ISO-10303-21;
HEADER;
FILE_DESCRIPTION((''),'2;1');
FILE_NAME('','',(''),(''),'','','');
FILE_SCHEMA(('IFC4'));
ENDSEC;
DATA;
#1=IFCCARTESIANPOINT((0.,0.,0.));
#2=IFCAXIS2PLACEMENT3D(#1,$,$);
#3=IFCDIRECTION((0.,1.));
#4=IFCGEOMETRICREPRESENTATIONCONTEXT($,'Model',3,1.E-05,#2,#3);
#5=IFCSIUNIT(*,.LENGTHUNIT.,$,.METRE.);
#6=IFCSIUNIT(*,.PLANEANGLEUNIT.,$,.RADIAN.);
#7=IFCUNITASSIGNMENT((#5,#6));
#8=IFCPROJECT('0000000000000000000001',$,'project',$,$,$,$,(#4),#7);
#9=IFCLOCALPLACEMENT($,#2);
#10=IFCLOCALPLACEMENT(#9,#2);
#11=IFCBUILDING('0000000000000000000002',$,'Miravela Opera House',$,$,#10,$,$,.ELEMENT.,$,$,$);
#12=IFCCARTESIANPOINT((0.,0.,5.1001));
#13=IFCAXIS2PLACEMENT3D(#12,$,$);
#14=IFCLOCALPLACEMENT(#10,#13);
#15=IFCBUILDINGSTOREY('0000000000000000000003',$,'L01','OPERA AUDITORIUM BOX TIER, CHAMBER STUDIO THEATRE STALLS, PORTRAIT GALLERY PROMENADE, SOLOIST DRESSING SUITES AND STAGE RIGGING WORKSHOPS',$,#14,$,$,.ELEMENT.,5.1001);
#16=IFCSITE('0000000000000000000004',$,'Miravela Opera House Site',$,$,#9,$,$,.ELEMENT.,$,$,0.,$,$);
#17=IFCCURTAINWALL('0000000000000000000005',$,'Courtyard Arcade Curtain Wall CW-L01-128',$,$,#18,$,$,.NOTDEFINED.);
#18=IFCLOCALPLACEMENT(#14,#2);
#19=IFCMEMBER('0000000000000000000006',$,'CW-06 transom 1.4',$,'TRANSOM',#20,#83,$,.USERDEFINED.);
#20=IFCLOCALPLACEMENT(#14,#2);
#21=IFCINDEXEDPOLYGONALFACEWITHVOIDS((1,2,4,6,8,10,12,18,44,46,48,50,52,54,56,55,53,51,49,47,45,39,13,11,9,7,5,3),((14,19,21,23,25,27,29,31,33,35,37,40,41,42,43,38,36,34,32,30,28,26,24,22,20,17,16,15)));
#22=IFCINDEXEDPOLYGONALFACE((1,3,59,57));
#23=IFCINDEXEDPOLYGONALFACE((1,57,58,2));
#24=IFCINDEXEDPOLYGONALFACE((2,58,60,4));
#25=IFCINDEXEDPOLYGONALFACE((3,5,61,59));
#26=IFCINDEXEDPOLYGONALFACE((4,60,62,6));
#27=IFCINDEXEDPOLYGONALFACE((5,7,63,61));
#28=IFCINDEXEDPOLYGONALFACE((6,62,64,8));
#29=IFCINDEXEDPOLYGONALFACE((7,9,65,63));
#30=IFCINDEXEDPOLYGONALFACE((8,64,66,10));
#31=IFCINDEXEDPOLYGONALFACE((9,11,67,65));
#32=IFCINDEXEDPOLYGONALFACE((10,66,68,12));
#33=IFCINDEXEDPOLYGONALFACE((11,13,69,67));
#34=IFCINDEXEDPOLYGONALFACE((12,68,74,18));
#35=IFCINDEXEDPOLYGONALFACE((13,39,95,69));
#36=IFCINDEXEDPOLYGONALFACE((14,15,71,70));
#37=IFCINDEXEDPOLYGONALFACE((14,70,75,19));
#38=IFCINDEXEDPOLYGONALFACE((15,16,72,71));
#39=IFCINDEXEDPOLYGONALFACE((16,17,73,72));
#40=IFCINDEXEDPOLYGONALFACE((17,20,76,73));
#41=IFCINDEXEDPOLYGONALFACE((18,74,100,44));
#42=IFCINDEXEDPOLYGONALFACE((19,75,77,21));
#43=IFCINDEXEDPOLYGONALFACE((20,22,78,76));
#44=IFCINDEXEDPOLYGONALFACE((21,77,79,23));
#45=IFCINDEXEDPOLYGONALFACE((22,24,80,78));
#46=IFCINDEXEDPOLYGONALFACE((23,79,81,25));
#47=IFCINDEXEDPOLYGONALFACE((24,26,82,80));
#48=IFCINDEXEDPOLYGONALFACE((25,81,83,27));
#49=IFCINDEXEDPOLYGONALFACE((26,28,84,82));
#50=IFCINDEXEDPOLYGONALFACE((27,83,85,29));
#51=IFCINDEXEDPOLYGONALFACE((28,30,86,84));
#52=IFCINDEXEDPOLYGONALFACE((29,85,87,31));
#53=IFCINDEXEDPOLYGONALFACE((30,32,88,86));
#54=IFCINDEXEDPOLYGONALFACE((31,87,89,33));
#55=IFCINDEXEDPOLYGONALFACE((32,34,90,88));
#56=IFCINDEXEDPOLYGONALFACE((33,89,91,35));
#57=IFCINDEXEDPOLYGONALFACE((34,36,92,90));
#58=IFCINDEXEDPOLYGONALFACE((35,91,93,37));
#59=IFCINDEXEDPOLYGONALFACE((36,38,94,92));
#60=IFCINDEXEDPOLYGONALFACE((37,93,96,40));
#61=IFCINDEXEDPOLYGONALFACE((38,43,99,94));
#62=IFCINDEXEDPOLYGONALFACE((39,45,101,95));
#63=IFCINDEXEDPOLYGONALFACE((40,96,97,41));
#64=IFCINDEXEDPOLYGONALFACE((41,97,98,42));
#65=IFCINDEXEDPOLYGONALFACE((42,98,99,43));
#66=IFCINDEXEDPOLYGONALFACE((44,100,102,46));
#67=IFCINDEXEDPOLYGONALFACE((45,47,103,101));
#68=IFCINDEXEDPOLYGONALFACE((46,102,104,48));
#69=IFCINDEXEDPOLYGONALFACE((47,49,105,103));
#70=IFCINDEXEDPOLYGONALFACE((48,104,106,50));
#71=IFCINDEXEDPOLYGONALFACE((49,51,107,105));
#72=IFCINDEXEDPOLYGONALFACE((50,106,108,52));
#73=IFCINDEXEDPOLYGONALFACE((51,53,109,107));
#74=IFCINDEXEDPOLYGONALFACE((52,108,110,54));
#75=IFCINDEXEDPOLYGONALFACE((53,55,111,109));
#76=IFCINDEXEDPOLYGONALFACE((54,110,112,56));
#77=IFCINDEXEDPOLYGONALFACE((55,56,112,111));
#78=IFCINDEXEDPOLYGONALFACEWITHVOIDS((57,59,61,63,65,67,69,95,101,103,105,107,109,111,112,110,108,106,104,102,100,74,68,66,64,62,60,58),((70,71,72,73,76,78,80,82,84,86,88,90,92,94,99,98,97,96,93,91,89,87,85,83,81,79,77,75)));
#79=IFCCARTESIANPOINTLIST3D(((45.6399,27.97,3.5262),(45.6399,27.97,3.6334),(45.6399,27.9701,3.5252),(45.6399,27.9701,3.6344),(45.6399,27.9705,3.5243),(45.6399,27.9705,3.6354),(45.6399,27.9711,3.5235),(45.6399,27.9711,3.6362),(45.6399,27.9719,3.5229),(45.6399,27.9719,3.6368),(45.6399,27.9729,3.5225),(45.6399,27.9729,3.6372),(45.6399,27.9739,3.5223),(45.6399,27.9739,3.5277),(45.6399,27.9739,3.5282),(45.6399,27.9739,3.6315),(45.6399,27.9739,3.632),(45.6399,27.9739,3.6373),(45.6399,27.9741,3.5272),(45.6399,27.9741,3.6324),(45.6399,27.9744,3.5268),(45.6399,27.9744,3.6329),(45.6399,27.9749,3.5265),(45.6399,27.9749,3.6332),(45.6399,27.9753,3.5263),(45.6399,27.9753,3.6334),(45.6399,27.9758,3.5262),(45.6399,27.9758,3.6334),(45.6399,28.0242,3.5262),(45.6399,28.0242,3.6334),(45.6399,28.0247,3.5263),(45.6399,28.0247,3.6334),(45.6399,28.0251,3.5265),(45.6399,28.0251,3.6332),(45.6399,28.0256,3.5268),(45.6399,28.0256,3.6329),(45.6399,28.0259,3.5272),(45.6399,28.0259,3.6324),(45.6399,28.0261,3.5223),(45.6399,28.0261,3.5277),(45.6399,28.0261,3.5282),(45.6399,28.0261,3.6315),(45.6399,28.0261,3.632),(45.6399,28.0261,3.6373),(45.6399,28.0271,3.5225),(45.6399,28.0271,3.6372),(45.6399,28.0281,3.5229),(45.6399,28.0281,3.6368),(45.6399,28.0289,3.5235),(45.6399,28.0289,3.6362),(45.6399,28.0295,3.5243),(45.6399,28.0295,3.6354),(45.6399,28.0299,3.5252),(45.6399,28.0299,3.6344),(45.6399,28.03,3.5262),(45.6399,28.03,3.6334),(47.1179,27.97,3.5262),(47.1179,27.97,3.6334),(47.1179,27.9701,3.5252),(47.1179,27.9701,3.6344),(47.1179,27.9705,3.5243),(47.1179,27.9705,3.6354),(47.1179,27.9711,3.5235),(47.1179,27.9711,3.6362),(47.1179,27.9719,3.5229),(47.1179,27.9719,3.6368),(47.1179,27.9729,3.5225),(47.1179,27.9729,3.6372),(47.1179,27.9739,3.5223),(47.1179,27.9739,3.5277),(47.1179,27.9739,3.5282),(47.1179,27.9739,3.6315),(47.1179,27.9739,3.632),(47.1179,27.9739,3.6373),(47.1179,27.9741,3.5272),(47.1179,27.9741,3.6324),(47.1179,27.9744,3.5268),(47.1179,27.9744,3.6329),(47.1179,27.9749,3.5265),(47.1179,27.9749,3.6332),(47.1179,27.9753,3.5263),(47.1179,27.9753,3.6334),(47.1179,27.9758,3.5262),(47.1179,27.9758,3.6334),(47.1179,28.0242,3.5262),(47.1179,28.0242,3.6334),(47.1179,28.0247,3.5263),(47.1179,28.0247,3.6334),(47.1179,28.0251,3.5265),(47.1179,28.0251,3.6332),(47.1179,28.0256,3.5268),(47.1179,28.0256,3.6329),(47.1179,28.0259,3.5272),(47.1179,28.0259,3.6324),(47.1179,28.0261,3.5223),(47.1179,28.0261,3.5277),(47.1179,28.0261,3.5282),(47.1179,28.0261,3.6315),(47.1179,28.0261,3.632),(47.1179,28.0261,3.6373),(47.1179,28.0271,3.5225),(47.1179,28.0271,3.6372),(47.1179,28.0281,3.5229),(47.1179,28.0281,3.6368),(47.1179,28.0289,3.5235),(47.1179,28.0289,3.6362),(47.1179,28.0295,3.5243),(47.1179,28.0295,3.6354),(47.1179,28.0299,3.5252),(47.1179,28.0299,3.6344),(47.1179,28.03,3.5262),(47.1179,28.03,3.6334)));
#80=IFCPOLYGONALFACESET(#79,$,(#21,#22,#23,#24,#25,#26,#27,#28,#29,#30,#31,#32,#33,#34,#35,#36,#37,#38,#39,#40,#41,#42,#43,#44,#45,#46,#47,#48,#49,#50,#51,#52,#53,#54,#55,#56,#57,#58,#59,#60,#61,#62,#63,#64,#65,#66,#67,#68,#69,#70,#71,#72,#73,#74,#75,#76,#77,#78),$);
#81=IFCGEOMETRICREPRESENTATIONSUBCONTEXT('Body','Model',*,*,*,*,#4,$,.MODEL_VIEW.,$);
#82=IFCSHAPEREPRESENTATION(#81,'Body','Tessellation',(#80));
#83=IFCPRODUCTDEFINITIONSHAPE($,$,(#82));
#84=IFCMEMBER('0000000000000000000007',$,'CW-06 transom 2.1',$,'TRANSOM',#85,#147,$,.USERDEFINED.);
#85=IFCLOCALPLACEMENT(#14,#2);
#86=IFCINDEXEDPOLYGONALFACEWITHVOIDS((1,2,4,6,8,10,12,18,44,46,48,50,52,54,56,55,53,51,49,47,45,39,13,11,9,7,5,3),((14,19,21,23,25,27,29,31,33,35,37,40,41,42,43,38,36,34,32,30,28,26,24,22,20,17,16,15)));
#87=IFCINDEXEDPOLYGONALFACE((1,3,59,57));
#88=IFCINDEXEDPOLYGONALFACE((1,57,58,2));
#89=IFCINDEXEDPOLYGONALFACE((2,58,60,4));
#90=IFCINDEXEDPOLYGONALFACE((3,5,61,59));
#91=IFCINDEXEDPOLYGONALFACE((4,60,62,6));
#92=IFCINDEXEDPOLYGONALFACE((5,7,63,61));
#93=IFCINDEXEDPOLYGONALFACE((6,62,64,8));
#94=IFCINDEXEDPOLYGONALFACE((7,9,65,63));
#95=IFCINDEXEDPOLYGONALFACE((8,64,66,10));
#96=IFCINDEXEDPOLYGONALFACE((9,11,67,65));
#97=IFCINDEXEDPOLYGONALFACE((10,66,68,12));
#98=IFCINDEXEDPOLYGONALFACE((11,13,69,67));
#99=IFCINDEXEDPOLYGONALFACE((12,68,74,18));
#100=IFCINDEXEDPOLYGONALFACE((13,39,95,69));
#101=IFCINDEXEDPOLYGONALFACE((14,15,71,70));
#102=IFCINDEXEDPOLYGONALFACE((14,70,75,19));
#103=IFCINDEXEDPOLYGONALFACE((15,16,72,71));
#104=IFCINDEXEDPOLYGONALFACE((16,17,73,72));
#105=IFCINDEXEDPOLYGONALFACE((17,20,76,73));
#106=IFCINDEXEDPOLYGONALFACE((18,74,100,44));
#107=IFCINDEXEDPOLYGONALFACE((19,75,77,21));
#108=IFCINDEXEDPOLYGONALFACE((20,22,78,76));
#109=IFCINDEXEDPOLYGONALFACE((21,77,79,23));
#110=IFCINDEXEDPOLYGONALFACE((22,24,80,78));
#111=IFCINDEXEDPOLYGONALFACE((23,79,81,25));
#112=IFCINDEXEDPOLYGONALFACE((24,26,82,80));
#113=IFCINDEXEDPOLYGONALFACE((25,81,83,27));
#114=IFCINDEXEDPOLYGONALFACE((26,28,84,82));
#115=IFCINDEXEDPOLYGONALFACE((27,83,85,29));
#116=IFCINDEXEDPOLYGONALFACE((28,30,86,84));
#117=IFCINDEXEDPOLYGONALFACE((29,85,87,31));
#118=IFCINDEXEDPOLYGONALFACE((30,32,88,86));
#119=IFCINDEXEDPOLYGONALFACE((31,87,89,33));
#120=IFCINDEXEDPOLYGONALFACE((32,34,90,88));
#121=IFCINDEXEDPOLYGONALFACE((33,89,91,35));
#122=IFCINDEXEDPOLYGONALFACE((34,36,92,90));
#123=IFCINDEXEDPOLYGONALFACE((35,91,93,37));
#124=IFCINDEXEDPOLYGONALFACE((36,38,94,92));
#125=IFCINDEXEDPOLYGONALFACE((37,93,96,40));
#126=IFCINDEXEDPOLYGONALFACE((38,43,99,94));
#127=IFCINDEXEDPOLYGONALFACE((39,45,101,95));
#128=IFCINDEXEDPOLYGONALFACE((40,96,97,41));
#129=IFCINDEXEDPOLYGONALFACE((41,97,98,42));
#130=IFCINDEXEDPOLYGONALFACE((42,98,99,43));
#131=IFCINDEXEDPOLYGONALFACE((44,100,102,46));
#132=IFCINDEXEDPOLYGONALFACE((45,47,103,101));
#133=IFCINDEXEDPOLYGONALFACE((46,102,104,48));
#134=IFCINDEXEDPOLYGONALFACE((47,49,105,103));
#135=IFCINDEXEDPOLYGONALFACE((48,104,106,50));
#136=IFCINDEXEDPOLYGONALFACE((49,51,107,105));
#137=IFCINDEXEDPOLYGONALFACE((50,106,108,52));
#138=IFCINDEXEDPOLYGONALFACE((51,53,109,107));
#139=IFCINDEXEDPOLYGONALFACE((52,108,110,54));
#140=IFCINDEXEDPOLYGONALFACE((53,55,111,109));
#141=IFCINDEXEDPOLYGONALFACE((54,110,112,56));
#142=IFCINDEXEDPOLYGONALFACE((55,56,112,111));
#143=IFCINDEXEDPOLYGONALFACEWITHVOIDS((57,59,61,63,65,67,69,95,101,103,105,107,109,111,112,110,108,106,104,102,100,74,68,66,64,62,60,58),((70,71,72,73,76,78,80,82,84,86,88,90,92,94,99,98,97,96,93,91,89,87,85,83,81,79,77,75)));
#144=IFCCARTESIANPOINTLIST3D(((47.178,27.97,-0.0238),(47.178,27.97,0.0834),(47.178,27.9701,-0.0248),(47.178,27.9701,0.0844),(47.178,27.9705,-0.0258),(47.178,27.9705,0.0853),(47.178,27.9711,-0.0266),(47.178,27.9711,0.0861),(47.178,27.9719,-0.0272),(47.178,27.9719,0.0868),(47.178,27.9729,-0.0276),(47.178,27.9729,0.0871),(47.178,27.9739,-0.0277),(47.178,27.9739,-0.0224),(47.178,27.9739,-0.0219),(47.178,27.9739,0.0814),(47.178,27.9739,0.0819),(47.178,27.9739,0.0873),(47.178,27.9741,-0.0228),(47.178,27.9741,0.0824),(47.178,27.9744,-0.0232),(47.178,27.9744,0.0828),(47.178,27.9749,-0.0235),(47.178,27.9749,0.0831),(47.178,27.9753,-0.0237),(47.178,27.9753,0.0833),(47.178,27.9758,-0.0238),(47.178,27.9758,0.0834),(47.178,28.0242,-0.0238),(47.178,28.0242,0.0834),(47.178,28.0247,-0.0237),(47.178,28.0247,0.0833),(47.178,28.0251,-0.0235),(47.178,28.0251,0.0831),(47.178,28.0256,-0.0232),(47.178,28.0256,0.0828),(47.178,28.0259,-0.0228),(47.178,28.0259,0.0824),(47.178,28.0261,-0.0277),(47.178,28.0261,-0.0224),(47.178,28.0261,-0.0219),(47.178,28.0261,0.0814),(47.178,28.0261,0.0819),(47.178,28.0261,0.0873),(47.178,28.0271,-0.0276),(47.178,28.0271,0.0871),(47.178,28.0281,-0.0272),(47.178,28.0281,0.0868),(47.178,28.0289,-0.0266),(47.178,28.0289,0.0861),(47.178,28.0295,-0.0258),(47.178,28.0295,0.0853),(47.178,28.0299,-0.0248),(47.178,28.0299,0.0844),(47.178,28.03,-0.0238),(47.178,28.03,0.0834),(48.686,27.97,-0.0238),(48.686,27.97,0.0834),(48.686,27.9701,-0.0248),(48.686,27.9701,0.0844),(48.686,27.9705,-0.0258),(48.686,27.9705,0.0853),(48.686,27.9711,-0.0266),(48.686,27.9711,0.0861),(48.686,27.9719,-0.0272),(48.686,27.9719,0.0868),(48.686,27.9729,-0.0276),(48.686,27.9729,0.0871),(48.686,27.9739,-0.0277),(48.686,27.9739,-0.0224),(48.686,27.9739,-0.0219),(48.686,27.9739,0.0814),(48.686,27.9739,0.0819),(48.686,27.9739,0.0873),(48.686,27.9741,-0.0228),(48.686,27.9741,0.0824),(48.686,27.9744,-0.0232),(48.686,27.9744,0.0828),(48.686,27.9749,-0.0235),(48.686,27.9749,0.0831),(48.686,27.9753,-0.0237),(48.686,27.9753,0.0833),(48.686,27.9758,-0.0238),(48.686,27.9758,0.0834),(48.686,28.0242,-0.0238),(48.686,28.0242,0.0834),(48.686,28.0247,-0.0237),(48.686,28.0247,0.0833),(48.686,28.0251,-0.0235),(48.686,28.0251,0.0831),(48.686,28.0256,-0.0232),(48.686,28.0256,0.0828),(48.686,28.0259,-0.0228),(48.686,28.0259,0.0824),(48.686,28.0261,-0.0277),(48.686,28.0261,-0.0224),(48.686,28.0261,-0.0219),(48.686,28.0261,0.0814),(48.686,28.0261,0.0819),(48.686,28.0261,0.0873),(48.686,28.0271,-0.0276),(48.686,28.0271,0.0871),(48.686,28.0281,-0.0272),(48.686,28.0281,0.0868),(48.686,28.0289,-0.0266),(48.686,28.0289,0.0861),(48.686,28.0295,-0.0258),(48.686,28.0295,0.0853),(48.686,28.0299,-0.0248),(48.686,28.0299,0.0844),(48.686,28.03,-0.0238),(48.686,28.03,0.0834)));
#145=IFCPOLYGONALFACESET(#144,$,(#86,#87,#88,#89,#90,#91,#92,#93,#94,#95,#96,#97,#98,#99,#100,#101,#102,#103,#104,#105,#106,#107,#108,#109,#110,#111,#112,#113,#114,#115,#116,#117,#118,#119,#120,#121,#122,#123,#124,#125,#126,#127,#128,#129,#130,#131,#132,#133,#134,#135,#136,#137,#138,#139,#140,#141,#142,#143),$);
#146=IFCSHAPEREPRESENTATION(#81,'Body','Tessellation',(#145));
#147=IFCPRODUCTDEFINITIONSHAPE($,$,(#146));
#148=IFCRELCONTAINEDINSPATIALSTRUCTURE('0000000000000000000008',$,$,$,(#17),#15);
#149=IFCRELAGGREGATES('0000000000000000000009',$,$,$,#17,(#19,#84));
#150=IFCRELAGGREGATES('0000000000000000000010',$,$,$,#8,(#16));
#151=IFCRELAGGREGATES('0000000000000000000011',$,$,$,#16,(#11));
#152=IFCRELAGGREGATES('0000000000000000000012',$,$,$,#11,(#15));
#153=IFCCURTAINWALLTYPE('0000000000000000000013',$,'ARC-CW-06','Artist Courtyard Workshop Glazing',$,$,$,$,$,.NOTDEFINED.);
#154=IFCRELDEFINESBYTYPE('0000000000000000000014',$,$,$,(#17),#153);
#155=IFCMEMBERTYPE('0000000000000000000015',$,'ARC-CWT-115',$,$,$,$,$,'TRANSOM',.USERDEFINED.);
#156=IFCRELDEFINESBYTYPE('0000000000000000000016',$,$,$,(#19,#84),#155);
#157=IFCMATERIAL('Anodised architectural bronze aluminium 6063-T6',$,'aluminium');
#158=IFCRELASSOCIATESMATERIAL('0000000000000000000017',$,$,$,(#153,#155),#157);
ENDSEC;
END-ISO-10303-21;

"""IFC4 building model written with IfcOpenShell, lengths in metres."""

from ifc_helpers import new_model, si_unit, direction, frame, origin, origin_2d, place, context, subcontext, project, spatial, hollow_rectangle, extrude, material, material_profile, profile_set, type_object, element, aggregate, save


model = new_model("IFC4")

# Units and contexts
model_context = context("Model", 3, precision=1e-05, world=origin(), true_north=direction((0.0, 1.0)))
body_context = subcontext(model_context, "Body", "Model", "MODEL_VIEW")
ifc_project = project(units=[si_unit("LENGTHUNIT", "METRE"), si_unit("PLANEANGLEUNIT", "RADIAN")], contexts=[model_context])

# Site, building, storey
site_placement = place(None, origin())
site = spatial("IfcSite", under=ifc_project, at=site_placement, Name="Miravela Opera House Site", CompositionType="ELEMENT", RefElevation=0.0)
building_placement = place(site_placement, origin())
building = spatial("IfcBuilding", under=site, at=building_placement, Name="Miravela Opera House", CompositionType="ELEMENT")
storey_placement = place(building_placement, frame((0.0, 0.0, 5.1001)))
storey = spatial("IfcBuildingStorey", under=building, at=storey_placement, Name="L01", Description="OPERA AUDITORIUM BOX TIER, CHAMBER STUDIO THEATRE STALLS, PORTRAIT GALLERY PROMENADE, SOLOIST DRESSING SUITES AND STAGE RIGGING WORKSHOPS", CompositionType="ELEMENT", Elevation=5.1001)

# Curtain wall, members
ifc_material_1 = material(Name="Anodised architectural bronze aluminium 6063-T6", Category="aluminium")
curtain_wall_type = type_object("IfcCurtainWallType", Name="ARC-CW-06", Description="Artist Courtyard Workshop Glazing", PredefinedType="NOTDEFINED", material=ifc_material_1)
curtain_wall_placement = place(storey_placement, origin())
curtain_wall = element("IfcCurtainWall", 1, at=curtain_wall_placement, inside=storey, type_object=curtain_wall_type, Name="Courtyard Arcade Curtain Wall CW-L01-128", PredefinedType="NOTDEFINED")
ifc_material_profile_1 = material_profile(ifc_material_1, hollow_rectangle(XDim=0.0601, YDim=0.115, WallThickness=0.0039, InnerFilletRadius=0.002, OuterFilletRadius=0.0039, at=origin_2d()), Name="CWT-60X115")
ifc_profile_set_1 = profile_set([ifc_material_profile_1])
member_type_1 = type_object("IfcMemberType", Name="ARC-CWT-115", ElementType="TRANSOM", PredefinedType="USERDEFINED", material=ifc_profile_set_1)
member_1_placement = place(storey_placement, frame((45.6399, 28.0, 3.5798), z_axis=(1.0, 0.0, 0.0), x_axis=(0.0, 1.0, 0.0)))
member_1 = element("IfcMember", 2, at=member_1_placement, type_object=member_type_1, Name="CW-06 transom 1.4", ObjectType="TRANSOM", PredefinedType="USERDEFINED", context=body_context, shape_type="SweptSolid", body=[
    extrude(hollow_rectangle(XDim=0.0601, YDim=0.115, WallThickness=0.0039, InnerFilletRadius=0.002, OuterFilletRadius=0.0039, at=origin_2d()), origin(), (0.0, 0.0, 1.0), 1.478),
])
member_2_placement = place(storey_placement, frame((47.178, 28.0, 0.0298), z_axis=(1.0, 0.0, 0.0), x_axis=(0.0, 1.0, 0.0)))
member_2 = element("IfcMember", 3, at=member_2_placement, type_object=member_type_1, Name="CW-06 transom 2.1", ObjectType="TRANSOM", PredefinedType="USERDEFINED", context=body_context, shape_type="SweptSolid", body=[
    extrude(hollow_rectangle(XDim=0.0601, YDim=0.115, WallThickness=0.0039, InnerFilletRadius=0.002, OuterFilletRadius=0.0039, at=origin_2d()), origin(), (0.0, 0.0, 1.0), 1.5081),
])
aggregate(curtain_wall, [member_1, member_2])

save(model, "model.ifc")
